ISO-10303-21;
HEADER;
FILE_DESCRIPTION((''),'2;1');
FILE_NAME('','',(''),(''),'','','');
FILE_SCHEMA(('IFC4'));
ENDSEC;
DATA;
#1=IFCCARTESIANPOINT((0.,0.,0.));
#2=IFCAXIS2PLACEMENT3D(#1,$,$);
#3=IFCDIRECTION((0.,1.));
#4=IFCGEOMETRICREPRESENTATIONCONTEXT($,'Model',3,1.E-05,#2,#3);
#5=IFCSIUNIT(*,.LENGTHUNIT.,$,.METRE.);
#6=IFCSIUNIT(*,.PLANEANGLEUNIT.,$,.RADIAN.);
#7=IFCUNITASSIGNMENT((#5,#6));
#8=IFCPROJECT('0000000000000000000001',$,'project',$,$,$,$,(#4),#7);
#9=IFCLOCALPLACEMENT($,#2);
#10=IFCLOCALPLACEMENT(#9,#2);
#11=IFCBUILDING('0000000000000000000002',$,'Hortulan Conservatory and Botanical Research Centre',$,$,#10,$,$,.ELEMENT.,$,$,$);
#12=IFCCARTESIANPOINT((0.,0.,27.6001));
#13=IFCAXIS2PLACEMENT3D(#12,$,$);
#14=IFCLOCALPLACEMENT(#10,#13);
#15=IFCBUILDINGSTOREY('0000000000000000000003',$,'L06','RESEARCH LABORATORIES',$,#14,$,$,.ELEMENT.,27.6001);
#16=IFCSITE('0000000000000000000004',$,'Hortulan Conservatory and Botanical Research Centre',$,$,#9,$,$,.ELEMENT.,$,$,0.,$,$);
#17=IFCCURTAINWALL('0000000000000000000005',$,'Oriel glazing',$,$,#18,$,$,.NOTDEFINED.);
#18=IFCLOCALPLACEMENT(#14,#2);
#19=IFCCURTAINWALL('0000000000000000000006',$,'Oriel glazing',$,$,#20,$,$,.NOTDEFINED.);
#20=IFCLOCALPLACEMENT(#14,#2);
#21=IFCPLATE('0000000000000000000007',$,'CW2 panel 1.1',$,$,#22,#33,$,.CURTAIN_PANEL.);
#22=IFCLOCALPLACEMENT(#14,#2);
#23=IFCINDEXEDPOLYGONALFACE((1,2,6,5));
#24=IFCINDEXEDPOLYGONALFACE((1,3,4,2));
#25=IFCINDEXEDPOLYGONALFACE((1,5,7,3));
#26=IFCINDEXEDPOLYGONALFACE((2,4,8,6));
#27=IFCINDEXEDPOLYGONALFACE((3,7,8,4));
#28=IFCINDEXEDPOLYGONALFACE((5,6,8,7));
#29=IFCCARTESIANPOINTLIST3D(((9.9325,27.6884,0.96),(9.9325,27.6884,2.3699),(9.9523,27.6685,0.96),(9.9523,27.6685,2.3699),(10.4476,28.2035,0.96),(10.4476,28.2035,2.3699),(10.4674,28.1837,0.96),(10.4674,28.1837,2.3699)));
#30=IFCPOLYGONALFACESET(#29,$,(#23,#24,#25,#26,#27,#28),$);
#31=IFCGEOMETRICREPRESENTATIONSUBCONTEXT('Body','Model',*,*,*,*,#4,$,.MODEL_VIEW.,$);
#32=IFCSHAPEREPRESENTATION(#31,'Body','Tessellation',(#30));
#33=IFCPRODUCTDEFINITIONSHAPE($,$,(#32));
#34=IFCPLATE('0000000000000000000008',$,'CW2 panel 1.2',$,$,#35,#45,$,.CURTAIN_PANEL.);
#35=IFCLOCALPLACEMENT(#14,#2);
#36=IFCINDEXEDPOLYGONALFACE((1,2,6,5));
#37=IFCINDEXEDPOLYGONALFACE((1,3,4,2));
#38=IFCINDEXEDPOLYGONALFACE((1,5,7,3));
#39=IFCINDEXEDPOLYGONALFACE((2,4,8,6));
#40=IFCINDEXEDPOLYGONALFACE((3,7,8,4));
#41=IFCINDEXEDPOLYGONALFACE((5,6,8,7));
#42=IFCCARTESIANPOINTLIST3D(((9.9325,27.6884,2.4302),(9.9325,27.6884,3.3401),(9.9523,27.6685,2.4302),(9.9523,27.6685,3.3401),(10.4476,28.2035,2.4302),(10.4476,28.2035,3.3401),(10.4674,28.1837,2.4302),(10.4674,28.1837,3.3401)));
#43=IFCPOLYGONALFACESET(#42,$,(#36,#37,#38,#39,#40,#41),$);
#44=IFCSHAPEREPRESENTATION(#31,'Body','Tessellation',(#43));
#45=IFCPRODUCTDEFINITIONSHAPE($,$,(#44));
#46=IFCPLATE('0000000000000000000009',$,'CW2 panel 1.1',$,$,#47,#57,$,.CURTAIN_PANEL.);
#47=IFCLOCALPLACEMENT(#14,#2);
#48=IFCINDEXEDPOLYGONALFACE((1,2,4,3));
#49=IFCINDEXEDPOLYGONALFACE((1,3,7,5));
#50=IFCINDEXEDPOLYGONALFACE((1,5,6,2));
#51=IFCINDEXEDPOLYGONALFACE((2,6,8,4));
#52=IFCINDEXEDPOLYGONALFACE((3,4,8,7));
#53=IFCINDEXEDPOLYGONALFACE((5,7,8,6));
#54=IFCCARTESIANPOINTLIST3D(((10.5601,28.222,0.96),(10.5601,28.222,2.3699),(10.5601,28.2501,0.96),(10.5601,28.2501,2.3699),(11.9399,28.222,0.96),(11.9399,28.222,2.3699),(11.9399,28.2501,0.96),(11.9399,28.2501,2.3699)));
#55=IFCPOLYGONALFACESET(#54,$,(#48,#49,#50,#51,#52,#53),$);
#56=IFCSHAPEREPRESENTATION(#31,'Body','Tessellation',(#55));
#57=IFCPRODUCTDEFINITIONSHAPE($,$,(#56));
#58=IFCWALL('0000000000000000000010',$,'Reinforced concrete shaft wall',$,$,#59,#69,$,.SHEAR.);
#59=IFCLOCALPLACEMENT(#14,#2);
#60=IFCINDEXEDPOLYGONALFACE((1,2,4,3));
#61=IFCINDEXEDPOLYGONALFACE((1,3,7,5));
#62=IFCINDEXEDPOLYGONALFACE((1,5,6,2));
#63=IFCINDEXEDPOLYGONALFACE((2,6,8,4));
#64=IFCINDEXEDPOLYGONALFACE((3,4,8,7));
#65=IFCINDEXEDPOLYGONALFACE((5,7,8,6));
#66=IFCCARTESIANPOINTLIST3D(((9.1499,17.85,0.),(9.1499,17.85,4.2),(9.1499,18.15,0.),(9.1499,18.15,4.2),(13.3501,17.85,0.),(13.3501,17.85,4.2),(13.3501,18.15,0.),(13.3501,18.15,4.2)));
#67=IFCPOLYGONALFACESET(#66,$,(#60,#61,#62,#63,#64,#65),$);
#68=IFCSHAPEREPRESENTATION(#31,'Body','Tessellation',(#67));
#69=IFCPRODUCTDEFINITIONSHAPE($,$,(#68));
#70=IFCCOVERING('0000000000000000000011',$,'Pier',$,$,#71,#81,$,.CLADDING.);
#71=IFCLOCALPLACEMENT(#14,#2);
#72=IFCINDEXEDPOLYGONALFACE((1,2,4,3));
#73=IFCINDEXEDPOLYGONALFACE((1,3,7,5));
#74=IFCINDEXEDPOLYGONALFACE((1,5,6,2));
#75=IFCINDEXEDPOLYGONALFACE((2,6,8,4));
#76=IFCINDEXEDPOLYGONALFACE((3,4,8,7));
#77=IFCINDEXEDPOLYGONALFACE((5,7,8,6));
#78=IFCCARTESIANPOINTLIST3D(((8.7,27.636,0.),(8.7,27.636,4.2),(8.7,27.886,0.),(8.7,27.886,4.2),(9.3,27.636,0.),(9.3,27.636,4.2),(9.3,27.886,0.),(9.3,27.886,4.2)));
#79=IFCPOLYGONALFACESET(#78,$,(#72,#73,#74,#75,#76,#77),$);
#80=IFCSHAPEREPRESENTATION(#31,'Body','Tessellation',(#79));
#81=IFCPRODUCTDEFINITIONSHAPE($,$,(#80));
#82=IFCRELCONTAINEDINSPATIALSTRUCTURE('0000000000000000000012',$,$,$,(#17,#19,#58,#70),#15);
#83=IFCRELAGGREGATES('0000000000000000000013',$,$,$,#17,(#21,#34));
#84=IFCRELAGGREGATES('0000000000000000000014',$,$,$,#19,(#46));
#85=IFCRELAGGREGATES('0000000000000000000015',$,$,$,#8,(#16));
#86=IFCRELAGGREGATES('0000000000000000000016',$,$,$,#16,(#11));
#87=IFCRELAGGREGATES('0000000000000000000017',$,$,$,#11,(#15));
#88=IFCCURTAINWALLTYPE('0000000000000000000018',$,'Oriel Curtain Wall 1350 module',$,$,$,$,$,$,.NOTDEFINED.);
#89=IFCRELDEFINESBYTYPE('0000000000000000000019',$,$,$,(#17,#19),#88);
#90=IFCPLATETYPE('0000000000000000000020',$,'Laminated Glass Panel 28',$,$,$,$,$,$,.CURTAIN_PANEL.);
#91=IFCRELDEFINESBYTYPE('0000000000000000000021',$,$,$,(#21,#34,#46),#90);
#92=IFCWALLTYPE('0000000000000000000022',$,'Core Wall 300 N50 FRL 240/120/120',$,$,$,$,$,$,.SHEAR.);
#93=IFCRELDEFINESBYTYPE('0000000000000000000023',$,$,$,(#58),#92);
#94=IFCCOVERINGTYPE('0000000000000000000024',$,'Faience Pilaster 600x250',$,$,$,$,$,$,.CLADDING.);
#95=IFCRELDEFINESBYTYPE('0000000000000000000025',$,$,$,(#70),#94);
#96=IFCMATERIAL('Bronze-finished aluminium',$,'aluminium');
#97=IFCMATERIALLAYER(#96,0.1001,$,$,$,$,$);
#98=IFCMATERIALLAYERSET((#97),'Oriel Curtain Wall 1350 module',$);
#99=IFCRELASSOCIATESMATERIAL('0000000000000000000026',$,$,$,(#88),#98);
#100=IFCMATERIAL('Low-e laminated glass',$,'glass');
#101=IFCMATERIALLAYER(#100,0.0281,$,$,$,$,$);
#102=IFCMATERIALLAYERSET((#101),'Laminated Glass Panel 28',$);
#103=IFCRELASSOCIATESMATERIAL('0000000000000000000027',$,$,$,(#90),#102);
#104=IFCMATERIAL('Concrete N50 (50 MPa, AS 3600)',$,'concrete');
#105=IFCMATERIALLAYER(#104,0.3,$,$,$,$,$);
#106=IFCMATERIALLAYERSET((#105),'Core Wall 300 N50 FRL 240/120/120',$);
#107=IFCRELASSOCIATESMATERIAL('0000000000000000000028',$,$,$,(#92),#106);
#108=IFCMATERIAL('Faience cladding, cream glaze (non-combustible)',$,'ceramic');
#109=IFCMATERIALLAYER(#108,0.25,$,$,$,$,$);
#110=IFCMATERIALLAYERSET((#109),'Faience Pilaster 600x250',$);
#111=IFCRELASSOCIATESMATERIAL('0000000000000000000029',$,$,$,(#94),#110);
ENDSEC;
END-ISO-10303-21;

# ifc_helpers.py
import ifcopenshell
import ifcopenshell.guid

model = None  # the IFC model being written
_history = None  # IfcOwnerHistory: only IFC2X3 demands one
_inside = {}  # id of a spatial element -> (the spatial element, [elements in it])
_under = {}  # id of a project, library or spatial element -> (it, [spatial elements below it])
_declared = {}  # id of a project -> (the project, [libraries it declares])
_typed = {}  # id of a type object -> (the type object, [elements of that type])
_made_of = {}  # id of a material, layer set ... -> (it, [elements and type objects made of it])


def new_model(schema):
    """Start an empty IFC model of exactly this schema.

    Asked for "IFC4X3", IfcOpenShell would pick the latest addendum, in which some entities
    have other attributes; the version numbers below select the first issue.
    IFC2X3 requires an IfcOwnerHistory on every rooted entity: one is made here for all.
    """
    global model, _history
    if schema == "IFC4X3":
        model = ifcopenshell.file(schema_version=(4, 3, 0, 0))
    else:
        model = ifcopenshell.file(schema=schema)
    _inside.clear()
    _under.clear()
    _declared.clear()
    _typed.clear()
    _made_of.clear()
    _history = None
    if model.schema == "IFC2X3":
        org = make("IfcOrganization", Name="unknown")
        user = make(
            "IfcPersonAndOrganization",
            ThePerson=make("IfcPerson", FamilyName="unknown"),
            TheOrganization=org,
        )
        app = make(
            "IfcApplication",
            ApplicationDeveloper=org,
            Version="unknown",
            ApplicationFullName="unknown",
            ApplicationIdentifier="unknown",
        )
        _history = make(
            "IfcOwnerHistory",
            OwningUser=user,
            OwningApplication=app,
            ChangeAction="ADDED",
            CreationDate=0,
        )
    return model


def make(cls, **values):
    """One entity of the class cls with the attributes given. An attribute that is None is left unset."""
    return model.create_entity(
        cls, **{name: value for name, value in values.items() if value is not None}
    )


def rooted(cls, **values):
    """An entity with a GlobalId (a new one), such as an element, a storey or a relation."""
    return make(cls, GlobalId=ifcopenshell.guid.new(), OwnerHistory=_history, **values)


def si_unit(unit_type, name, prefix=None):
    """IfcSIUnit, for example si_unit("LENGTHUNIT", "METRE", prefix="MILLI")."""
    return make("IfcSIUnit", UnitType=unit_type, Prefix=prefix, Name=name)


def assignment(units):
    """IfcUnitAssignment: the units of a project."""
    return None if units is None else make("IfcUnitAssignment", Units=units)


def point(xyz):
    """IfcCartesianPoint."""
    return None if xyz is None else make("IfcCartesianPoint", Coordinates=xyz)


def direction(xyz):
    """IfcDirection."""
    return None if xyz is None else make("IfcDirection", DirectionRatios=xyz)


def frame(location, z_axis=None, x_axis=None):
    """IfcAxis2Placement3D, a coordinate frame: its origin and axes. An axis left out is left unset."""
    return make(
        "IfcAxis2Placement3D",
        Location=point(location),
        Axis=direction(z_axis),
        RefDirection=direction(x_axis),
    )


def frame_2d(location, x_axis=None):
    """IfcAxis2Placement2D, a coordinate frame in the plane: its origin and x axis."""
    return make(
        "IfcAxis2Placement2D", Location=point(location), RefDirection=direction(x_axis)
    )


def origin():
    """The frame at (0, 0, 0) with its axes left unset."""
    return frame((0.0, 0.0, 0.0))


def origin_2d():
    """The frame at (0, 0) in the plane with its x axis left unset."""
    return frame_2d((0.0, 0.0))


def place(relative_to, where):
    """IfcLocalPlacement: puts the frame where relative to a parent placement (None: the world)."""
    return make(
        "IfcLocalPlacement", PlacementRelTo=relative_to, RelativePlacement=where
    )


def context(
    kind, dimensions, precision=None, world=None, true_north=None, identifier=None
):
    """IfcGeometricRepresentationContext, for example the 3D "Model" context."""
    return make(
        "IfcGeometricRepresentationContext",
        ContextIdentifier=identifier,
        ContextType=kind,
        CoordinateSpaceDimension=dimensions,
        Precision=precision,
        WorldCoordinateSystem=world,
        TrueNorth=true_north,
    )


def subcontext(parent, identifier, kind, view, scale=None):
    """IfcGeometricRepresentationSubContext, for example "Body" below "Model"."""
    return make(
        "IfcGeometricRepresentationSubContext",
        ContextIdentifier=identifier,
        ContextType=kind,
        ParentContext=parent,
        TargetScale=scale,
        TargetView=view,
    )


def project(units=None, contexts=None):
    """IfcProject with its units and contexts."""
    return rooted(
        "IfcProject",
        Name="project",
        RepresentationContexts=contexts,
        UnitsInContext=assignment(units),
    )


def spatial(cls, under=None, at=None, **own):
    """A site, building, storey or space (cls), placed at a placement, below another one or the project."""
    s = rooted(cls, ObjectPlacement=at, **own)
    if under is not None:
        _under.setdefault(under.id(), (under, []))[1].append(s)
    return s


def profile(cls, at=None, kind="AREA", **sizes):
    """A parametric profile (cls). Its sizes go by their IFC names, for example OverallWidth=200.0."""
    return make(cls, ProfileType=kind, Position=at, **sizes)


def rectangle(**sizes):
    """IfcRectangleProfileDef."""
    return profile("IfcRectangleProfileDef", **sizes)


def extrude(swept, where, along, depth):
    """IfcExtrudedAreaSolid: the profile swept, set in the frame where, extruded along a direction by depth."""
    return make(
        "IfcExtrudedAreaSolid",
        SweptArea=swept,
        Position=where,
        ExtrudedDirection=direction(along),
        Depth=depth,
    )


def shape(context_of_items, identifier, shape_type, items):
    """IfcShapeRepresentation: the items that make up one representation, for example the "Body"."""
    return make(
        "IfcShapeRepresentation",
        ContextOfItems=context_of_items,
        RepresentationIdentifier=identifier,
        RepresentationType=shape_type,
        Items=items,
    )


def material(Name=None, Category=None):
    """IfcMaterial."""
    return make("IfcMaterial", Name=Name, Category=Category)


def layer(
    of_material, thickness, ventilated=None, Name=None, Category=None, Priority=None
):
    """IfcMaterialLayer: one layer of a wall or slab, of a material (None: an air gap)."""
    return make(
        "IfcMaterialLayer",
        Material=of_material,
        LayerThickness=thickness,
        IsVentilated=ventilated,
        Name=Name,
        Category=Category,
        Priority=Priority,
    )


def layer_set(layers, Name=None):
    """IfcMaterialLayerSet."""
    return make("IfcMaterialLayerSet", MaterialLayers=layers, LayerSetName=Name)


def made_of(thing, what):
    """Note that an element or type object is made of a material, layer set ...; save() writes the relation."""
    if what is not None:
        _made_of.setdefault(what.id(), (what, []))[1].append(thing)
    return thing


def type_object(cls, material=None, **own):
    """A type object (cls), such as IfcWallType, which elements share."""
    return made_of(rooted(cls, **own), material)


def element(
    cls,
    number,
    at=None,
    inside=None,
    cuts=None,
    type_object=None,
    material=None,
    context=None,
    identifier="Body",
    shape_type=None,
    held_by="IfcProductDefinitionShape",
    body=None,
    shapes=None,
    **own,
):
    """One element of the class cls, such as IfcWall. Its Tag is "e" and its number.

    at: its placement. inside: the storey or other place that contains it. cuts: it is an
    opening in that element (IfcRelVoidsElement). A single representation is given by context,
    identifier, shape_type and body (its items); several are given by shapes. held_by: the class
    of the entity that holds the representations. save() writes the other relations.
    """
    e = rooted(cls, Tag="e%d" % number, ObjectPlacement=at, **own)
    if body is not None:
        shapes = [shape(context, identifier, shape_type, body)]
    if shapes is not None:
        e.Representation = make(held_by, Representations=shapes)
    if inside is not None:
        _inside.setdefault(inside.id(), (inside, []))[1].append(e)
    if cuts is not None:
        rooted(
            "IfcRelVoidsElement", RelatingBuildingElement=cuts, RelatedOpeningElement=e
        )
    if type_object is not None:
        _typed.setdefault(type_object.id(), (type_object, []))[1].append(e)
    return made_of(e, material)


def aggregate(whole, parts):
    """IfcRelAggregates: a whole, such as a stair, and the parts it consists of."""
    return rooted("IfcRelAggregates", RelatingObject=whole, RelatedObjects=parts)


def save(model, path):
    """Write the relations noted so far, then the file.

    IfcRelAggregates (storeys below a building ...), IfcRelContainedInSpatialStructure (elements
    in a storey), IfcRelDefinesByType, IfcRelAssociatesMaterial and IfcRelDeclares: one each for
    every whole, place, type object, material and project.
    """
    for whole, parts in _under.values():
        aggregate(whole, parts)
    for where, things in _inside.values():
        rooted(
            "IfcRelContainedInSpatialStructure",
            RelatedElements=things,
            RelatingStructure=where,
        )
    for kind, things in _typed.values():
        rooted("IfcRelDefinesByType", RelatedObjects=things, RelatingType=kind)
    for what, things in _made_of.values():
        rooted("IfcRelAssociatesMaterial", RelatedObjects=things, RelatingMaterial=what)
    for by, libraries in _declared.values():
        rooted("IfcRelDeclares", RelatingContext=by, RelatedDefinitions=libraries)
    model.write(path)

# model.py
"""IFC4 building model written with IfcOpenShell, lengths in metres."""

from ifc_helpers import new_model, si_unit, direction, frame, frame_2d, origin, origin_2d, place, context, subcontext, project, spatial, rectangle, extrude, material, layer, layer_set, type_object, element, aggregate, save


model = new_model("IFC4")

# Units and contexts
model_context = context("Model", 3, precision=1e-05, world=origin(), true_north=direction((0.0, 1.0)))
body_context = subcontext(model_context, "Body", "Model", "MODEL_VIEW")
ifc_project = project(units=[si_unit("LENGTHUNIT", "METRE"), si_unit("PLANEANGLEUNIT", "RADIAN")], contexts=[model_context])

# Site, building, storey
site_placement = place(None, origin())
site = spatial("IfcSite", under=ifc_project, at=site_placement, Name="Hortulan Conservatory and Botanical Research Centre", CompositionType="ELEMENT", RefElevation=0.0)
building_placement = place(site_placement, origin())
building = spatial("IfcBuilding", under=site, at=building_placement, Name="Hortulan Conservatory and Botanical Research Centre", CompositionType="ELEMENT")
storey_placement = place(building_placement, frame((0.0, 0.0, 27.6001)))
storey = spatial("IfcBuildingStorey", under=building, at=storey_placement, Name="L06", Description="RESEARCH LABORATORIES", CompositionType="ELEMENT", Elevation=27.6001)

# Curtain wall
ifc_material_1 = material(Name="Bronze-finished aluminium", Category="aluminium")
ifc_layer_1 = layer(ifc_material_1, 0.1001)
ifc_layer_set_1 = layer_set([ifc_layer_1], Name="Oriel Curtain Wall 1350 module")
curtain_wall_type = type_object("IfcCurtainWallType", Name="Oriel Curtain Wall 1350 module", PredefinedType="NOTDEFINED", material=ifc_layer_set_1)
curtain_wall_1_placement = place(storey_placement, origin())
curtain_wall_1 = element("IfcCurtainWall", 1, at=curtain_wall_1_placement, inside=storey, type_object=curtain_wall_type, Name="Oriel glazing", PredefinedType="NOTDEFINED")

# Curtain wall
curtain_wall_2_placement = place(storey_placement, origin())
curtain_wall_2 = element("IfcCurtainWall", 2, at=curtain_wall_2_placement, inside=storey, type_object=curtain_wall_type, Name="Oriel glazing", PredefinedType="NOTDEFINED")

# Plates
ifc_material_2 = material(Name="Low-e laminated glass", Category="glass")
ifc_layer_2 = layer(ifc_material_2, 0.0281)
ifc_layer_set_2 = layer_set([ifc_layer_2], Name="Laminated Glass Panel 28")
plate_type = type_object("IfcPlateType", Name="Laminated Glass Panel 28", PredefinedType="CURTAIN_PANEL", material=ifc_layer_set_2)
plate_1_placement = place(storey_placement, frame((10.2, 27.936, 0.96), z_axis=(0.0, 0.0, 1.0), x_axis=(0.707107, 0.707107, 0.0)))
plate_1 = element("IfcPlate", 3, at=plate_1_placement, type_object=plate_type, Name="CW2 panel 1.1", PredefinedType="CURTAIN_PANEL", context=body_context, shape_type="SweptSolid", body=[
    extrude(rectangle(XDim=0.7285, YDim=0.0281, at=origin_2d()), origin(), (0.0, 0.0, 1.0), 1.4099),
])
plate_2_placement = place(storey_placement, frame((10.2, 27.936, 2.4302), z_axis=(0.0, 0.0, 1.0), x_axis=(0.707107, 0.707107, 0.0)))
plate_2 = element("IfcPlate", 4, at=plate_2_placement, type_object=plate_type, Name="CW2 panel 1.2", PredefinedType="CURTAIN_PANEL", context=body_context, shape_type="SweptSolid", body=[
    extrude(rectangle(XDim=0.7285, YDim=0.0281, at=origin_2d()), origin(), (0.0, 0.0, 1.0), 0.9099),
])
aggregate(curtain_wall_1, [plate_1, plate_2])
plate_3_placement = place(storey_placement, frame((11.25, 28.2361, 0.96), z_axis=(0.0, 0.0, 1.0), x_axis=(1.0, 0.0, 0.0)))
plate_3 = element("IfcPlate", 5, at=plate_3_placement, type_object=plate_type, Name="CW2 panel 1.1", PredefinedType="CURTAIN_PANEL", context=body_context, shape_type="SweptSolid", body=[
    extrude(rectangle(XDim=1.3799, YDim=0.0281, at=origin_2d()), origin(), (0.0, 0.0, 1.0), 1.4099),
])
aggregate(curtain_wall_2, [plate_3])

# Wall
ifc_material_3 = material(Name="Concrete N50 (50 MPa, AS 3600)", Category="concrete")
ifc_layer_3 = layer(ifc_material_3, 0.3)
ifc_layer_set_3 = layer_set([ifc_layer_3], Name="Core Wall 300 N50 FRL 240/120/120")
wall_type = type_object("IfcWallType", Name="Core Wall 300 N50 FRL 240/120/120", PredefinedType="SHEAR", material=ifc_layer_set_3)
wall_placement = place(storey_placement, frame((9.1499, 18.0, 0.0), z_axis=(0.0, 0.0, 1.0), x_axis=(1.0, 0.0, 0.0)))
element("IfcWall", 6, at=wall_placement, inside=storey, type_object=wall_type, Name="Reinforced concrete shaft wall", PredefinedType="SHEAR", context=body_context, shape_type="SweptSolid", body=[
    extrude(rectangle(XDim=4.2002, YDim=0.3, at=frame_2d((2.1001, 0.0))), origin(), (0.0, 0.0, 1.0), 4.2),
])

# Covering
ifc_material_4 = material(Name="Faience cladding, cream glaze (non-combustible)", Category="ceramic")
ifc_layer_4 = layer(ifc_material_4, 0.25)
ifc_layer_set_4 = layer_set([ifc_layer_4], Name="Faience Pilaster 600x250")
covering_type = type_object("IfcCoveringType", Name="Faience Pilaster 600x250", PredefinedType="CLADDING", material=ifc_layer_set_4)
covering_placement = place(storey_placement, frame((9.0, 27.761, 0.0), z_axis=(0.0, 0.0, 1.0), x_axis=(1.0, 0.0, 0.0)))
element("IfcCovering", 7, at=covering_placement, inside=storey, type_object=covering_type, Name="Pier", PredefinedType="CLADDING", context=body_context, shape_type="SweptSolid", body=[
    extrude(rectangle(XDim=0.6001, YDim=0.25, at=origin_2d()), origin(), (0.0, 0.0, 1.0), 4.2),
])

save(model, "model.ifc")
